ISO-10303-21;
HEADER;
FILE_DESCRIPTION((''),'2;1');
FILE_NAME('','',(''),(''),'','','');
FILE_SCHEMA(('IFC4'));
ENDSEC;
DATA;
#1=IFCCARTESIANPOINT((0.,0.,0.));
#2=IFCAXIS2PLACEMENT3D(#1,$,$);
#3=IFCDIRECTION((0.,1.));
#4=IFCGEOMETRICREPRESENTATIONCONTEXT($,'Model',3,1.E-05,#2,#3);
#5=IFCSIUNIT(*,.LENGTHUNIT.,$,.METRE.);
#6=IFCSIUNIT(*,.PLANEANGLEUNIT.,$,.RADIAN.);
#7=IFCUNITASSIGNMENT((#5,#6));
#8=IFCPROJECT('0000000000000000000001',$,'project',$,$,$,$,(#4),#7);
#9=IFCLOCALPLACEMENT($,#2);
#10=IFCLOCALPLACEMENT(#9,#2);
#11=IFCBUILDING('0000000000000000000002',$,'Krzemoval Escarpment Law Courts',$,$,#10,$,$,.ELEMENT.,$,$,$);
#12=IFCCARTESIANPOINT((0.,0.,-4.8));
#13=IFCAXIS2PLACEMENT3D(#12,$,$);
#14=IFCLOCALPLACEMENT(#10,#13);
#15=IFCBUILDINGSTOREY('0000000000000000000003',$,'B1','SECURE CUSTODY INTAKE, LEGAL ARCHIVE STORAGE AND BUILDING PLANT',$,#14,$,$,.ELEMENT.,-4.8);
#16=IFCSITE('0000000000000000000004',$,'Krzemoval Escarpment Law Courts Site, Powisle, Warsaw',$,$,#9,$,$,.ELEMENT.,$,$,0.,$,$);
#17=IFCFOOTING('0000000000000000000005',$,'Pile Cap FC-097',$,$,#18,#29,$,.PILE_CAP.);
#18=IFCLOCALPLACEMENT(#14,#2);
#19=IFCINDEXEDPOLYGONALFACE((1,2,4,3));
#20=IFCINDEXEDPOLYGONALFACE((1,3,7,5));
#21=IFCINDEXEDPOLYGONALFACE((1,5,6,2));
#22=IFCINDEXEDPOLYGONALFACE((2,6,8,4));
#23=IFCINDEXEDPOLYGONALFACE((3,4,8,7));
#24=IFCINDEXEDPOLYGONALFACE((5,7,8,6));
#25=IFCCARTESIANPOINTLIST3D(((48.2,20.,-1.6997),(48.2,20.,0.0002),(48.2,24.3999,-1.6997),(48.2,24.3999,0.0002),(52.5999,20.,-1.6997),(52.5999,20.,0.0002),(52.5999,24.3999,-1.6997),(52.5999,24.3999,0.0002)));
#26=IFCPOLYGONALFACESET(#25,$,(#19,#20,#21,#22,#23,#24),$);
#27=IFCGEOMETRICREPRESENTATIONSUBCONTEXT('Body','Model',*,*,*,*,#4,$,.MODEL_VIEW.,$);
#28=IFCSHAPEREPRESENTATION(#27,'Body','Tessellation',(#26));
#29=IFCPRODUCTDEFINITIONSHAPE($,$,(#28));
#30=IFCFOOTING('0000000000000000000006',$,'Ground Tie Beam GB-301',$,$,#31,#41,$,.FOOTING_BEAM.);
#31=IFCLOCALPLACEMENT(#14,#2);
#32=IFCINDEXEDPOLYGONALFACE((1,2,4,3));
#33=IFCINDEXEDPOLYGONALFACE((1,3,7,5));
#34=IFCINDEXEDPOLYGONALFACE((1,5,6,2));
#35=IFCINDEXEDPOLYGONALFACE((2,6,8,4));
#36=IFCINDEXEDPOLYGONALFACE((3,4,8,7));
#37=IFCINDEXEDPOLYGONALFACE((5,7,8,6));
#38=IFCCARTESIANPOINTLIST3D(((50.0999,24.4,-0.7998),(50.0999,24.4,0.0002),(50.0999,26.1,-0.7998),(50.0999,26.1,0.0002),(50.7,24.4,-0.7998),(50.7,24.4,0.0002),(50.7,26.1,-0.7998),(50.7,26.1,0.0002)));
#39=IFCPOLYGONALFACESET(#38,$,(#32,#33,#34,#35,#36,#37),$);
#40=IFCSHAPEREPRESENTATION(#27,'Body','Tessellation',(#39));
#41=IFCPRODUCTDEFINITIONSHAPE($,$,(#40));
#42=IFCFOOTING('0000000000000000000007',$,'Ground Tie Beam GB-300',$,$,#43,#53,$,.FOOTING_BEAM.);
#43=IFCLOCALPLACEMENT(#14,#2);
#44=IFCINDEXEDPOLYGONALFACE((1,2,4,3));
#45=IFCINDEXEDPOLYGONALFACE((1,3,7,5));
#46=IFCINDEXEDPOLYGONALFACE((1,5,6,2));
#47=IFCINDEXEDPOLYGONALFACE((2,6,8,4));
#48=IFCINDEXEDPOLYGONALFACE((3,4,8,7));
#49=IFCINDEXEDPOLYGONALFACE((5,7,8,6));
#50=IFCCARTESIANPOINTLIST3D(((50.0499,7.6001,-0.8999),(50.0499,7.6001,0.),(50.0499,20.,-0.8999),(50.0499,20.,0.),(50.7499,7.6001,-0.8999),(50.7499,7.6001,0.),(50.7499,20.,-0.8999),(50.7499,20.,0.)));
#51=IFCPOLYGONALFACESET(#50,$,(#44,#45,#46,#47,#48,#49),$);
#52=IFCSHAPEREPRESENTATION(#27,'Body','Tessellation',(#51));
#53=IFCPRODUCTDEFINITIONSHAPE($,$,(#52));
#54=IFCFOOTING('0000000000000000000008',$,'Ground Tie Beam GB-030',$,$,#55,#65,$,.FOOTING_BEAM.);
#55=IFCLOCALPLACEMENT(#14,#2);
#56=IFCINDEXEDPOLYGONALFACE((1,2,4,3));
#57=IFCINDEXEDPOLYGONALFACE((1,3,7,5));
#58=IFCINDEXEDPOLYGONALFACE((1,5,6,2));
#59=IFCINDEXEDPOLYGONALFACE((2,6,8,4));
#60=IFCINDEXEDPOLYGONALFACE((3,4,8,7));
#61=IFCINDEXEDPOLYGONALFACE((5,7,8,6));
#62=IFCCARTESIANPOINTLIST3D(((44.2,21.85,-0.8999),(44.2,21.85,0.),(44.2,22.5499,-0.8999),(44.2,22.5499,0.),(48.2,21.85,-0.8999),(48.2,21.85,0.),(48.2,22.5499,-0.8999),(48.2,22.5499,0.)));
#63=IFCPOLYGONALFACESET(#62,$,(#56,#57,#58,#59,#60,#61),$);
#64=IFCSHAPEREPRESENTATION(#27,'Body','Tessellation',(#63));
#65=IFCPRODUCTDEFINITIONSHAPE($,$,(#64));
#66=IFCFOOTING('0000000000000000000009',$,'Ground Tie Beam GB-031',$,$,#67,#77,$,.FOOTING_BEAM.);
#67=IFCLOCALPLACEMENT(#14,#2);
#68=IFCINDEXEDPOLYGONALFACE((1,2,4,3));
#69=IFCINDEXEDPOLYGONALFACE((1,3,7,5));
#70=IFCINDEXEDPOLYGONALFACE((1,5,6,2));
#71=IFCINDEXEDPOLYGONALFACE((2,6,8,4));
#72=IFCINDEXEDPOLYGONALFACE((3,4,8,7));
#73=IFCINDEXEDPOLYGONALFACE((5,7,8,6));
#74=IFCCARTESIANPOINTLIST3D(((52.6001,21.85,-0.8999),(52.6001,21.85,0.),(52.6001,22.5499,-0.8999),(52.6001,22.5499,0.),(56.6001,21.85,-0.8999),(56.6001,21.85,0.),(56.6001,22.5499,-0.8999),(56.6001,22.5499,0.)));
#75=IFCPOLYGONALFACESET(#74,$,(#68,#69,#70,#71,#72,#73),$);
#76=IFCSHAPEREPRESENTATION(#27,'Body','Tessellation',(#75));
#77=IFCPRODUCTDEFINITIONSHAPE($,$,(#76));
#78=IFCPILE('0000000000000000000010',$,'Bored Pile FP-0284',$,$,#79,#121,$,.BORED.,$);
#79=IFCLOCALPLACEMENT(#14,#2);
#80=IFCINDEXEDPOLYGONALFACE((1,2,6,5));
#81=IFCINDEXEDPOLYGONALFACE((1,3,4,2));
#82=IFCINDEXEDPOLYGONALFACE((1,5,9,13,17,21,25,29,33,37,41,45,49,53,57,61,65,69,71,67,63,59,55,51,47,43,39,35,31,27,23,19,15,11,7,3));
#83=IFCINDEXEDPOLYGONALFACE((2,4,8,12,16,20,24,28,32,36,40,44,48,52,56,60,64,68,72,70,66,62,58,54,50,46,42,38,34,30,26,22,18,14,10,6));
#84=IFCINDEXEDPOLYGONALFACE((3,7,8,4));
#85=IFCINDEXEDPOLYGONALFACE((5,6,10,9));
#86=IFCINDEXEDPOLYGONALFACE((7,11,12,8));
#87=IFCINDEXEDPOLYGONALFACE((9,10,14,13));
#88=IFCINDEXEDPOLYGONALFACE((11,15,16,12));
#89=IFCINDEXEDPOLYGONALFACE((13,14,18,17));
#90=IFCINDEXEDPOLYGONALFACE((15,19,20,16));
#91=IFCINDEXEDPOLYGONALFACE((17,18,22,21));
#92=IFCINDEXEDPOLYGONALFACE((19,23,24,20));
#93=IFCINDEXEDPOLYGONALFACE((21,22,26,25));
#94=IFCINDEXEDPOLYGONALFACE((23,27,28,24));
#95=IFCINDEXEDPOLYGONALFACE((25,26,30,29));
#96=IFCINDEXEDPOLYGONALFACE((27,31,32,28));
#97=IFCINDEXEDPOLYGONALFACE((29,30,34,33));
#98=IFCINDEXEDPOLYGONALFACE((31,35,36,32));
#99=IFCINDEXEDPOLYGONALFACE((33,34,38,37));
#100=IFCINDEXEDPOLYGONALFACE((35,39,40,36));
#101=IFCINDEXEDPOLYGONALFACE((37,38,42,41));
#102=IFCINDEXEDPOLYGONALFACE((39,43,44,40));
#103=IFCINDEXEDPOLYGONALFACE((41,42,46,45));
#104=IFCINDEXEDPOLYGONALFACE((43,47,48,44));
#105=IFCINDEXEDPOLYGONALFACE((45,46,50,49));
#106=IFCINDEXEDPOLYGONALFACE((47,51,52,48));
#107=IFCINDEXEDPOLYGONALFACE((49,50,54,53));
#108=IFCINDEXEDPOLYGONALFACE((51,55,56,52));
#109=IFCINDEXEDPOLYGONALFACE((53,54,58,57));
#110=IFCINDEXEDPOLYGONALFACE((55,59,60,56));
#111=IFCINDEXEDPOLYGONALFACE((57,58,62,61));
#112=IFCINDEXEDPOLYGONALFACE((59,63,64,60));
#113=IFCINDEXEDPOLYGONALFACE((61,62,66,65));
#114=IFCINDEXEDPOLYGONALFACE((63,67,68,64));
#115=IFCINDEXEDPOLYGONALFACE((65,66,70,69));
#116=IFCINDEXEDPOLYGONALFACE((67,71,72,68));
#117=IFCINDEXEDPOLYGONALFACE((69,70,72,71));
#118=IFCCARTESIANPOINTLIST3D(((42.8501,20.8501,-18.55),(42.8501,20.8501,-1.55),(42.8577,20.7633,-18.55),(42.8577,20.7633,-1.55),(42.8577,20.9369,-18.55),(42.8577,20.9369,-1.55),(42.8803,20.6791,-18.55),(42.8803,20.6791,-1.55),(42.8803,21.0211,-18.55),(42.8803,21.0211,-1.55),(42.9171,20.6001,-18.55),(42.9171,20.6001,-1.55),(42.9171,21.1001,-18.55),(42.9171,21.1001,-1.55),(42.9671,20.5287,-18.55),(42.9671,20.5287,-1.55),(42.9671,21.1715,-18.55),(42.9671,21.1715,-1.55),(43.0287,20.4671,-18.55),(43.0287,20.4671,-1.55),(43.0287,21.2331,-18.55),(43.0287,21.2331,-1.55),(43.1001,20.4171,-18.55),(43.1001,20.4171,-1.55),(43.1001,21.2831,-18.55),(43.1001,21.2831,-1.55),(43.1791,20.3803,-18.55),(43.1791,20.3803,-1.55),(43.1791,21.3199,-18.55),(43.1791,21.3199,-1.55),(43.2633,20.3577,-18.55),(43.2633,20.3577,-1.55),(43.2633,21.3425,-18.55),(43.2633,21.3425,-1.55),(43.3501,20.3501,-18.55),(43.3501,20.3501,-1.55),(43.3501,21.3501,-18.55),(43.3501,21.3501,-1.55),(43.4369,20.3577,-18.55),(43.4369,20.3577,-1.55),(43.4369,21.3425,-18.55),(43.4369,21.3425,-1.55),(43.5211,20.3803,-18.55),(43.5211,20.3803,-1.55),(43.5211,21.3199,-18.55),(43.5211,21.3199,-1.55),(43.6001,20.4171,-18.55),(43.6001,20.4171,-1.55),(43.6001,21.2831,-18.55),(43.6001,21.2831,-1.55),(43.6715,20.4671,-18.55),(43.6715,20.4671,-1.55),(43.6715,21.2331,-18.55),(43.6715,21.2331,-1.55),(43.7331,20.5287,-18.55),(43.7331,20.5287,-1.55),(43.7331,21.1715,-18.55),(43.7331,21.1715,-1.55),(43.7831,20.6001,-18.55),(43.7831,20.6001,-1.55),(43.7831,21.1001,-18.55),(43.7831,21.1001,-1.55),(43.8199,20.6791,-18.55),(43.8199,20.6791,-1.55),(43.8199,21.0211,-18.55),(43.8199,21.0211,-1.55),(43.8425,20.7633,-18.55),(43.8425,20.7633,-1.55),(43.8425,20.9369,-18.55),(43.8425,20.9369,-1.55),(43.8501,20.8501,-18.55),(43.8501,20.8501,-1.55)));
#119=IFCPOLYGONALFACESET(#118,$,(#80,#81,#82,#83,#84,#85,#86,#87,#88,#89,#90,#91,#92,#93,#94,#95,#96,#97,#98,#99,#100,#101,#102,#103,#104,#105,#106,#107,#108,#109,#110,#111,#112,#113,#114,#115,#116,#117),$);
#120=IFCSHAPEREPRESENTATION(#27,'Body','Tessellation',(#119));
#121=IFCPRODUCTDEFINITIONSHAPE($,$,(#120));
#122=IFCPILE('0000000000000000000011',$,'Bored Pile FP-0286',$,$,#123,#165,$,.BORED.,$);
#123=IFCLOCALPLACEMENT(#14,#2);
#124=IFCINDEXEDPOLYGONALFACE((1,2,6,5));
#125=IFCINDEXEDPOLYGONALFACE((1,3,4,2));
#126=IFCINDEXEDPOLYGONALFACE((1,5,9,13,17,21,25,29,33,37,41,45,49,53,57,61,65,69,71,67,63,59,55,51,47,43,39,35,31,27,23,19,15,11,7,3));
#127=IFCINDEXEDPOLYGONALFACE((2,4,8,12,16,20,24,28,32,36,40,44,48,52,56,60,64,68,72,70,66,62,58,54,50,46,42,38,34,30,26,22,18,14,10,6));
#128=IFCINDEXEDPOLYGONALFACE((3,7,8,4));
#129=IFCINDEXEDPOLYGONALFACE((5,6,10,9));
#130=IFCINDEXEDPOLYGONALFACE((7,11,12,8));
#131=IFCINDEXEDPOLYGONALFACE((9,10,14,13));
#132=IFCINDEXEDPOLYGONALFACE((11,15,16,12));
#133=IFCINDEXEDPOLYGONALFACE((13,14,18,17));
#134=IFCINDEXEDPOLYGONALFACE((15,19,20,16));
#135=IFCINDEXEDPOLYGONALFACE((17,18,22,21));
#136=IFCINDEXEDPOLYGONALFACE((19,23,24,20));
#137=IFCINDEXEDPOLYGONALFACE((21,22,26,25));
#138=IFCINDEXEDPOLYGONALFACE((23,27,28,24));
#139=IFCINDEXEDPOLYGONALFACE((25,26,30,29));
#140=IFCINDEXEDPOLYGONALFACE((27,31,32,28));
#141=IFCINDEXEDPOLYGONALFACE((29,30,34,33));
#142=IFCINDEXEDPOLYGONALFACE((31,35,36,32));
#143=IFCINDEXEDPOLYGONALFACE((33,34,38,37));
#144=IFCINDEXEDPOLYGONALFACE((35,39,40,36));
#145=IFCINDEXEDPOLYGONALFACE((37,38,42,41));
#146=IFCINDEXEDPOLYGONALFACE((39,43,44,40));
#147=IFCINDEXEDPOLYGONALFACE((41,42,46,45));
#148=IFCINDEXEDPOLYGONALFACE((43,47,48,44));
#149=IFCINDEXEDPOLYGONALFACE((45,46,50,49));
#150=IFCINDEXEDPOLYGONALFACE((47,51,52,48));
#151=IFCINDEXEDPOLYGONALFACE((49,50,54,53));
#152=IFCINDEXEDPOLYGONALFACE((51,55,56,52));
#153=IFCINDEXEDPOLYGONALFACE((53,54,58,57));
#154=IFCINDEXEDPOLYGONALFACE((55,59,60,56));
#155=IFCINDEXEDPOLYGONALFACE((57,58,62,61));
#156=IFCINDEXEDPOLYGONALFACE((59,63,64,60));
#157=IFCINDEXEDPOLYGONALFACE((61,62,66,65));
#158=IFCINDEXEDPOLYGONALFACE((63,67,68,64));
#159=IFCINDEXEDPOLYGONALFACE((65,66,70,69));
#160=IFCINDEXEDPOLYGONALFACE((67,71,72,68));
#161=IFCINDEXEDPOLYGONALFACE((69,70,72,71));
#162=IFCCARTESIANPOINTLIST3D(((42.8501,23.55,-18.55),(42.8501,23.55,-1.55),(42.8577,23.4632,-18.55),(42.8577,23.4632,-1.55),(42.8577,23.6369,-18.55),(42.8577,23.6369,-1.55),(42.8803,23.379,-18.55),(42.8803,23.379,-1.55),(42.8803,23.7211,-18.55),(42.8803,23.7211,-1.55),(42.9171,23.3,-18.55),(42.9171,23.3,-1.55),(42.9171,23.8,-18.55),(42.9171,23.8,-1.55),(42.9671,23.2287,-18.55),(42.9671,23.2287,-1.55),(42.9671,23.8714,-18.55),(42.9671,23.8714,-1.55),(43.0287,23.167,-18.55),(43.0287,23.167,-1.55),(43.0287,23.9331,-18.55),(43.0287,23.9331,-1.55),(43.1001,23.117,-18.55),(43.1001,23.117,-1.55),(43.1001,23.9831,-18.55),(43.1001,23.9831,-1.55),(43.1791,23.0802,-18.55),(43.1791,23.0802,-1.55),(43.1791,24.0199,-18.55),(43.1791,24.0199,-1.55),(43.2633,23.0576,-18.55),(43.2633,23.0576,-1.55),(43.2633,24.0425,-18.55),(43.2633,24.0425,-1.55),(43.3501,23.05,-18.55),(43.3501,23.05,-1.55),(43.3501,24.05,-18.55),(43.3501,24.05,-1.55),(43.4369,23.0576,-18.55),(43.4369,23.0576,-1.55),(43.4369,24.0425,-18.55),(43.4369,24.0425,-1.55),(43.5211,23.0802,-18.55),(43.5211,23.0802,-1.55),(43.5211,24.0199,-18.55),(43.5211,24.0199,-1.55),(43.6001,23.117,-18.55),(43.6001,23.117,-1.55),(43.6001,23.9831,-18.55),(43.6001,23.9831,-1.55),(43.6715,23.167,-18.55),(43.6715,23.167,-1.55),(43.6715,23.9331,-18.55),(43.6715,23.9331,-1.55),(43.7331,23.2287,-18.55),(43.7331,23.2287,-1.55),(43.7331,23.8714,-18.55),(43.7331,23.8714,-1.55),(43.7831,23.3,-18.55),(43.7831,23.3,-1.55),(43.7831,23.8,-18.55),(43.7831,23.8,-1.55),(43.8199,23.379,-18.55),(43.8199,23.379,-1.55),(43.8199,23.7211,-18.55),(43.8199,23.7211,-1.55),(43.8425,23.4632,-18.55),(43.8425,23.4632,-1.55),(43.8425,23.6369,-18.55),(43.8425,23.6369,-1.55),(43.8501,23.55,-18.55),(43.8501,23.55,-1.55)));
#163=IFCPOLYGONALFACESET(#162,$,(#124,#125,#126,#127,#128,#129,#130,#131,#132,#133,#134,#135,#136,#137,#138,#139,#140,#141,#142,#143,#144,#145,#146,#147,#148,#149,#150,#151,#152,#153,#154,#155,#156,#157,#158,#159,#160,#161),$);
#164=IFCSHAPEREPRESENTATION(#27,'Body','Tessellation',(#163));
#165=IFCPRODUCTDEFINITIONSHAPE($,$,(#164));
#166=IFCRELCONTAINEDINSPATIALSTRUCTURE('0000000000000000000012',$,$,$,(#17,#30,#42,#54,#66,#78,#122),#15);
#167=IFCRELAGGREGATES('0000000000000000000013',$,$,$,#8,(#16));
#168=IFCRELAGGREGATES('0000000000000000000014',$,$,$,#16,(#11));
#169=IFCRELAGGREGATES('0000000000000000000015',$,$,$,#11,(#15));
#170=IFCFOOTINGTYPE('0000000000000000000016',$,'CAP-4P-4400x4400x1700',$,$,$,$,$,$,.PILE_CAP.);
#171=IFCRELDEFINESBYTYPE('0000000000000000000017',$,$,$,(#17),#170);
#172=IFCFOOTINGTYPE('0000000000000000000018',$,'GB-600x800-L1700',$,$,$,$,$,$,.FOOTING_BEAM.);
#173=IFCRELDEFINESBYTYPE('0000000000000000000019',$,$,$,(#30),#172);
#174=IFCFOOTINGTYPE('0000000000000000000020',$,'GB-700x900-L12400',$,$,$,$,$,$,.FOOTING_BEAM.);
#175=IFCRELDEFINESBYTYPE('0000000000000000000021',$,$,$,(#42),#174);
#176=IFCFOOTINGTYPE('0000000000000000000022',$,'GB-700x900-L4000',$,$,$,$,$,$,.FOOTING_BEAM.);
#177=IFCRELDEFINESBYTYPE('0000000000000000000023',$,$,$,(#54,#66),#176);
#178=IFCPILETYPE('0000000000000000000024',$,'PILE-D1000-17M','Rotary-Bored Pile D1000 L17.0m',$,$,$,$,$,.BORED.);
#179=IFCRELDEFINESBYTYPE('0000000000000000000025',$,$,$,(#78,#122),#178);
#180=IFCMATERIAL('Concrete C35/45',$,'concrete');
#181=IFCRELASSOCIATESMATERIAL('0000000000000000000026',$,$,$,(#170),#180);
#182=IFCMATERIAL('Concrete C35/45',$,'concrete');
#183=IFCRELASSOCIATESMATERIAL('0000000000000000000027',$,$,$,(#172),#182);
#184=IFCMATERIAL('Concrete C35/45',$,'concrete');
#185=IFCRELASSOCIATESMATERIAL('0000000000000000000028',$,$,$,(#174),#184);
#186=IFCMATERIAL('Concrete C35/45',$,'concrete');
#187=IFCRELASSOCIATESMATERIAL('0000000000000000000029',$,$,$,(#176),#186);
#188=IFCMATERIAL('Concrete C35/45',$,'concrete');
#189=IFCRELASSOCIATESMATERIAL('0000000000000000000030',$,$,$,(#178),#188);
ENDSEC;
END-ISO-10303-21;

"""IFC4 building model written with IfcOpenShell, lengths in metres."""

from ifc_helpers import new_model, si_unit, direction, frame, origin, origin_2d, place, context, subcontext, project, spatial, rectangle, circle, extrude, material, material_profile, profile_set, type_object, element, save


model = new_model("IFC4")

# Units and contexts
model_context = context("Model", 3, precision=1e-05, world=origin(), true_north=direction((0.0, 1.0)))
body_context = subcontext(model_context, "Body", "Model", "MODEL_VIEW")
ifc_project = project(units=[si_unit("LENGTHUNIT", "METRE"), si_unit("PLANEANGLEUNIT", "RADIAN")], contexts=[model_context])

# Site, building, storey
site_placement = place(None, origin())
site = spatial("IfcSite", under=ifc_project, at=site_placement, Name="Krzemoval Escarpment Law Courts Site, Powisle, Warsaw", CompositionType="ELEMENT", RefElevation=0.0)
building_placement = place(site_placement, origin())
building = spatial("IfcBuilding", under=site, at=building_placement, Name="Krzemoval Escarpment Law Courts", CompositionType="ELEMENT")
storey_placement = place(building_placement, frame((0.0, 0.0, -4.8)))
storey = spatial("IfcBuildingStorey", under=building, at=storey_placement, Name="B1", Description="SECURE CUSTODY INTAKE, LEGAL ARCHIVE STORAGE AND BUILDING PLANT", CompositionType="ELEMENT", Elevation=-4.8)

# Footings
ifc_material_1 = material(Name="Concrete C35/45", Category="concrete")
footing_type_1 = type_object("IfcFootingType", Name="CAP-4P-4400x4400x1700", PredefinedType="PILE_CAP", material=ifc_material_1)
footing_1_placement = place(storey_placement, frame((50.3999, 22.2, -1.6997), z_axis=(0.0, 0.0, 1.0), x_axis=(1.0, 0.0, 0.0)))
element("IfcFooting", 1, at=footing_1_placement, inside=storey, type_object=footing_type_1, Name="Pile Cap FC-097", PredefinedType="PILE_CAP", context=body_context, shape_type="SweptSolid", body=[
    extrude(rectangle(XDim=4.3999, YDim=4.3999, at=origin_2d()), origin(), (0.0, 0.0, 1.0), 1.7),
])
ifc_material_2 = material(Name="Concrete C35/45", Category="concrete")
footing_type_2 = type_object("IfcFootingType", Name="GB-600x800-L1700", PredefinedType="FOOTING_BEAM", material=ifc_material_2)
footing_2_placement = place(storey_placement, frame((50.3999, 25.25, -0.7998), z_axis=(0.0, 0.0, 1.0), x_axis=(0.0, 1.0, 0.0)))
element("IfcFooting", 2, at=footing_2_placement, inside=storey, type_object=footing_type_2, Name="Ground Tie Beam GB-301", PredefinedType="FOOTING_BEAM", context=body_context, shape_type="SweptSolid", body=[
    extrude(rectangle(XDim=1.7, YDim=0.6001, at=origin_2d()), origin(), (0.0, 0.0, 1.0), 0.8),
])
ifc_material_3 = material(Name="Concrete C35/45", Category="concrete")
footing_type_3 = type_object("IfcFootingType", Name="GB-700x900-L12400", PredefinedType="FOOTING_BEAM", material=ifc_material_3)
footing_3_placement = place(storey_placement, frame((50.3999, 13.8, -0.8999), z_axis=(0.0, 0.0, 1.0), x_axis=(0.0, 1.0, 0.0)))
element("IfcFooting", 3, at=footing_3_placement, inside=storey, type_object=footing_type_3, Name="Ground Tie Beam GB-300", PredefinedType="FOOTING_BEAM", context=body_context, shape_type="SweptSolid", body=[
    extrude(rectangle(XDim=12.3999, YDim=0.7, at=origin_2d()), origin(), (0.0, 0.0, 1.0), 0.8999),
])
ifc_material_4 = material(Name="Concrete C35/45", Category="concrete")
footing_type_4 = type_object("IfcFootingType", Name="GB-700x900-L4000", PredefinedType="FOOTING_BEAM", material=ifc_material_4)
for number, where, z_axis, x_axis, name in (
    (4, (46.2, 22.2, -0.8999), (0.0, 0.0, 1.0), (1.0, 0.0, 0.0), "Ground Tie Beam GB-030"),
    (5, (54.6001, 22.2, -0.8999), (0.0, 0.0, 1.0), (1.0, 0.0, 0.0), "Ground Tie Beam GB-031"),
):
    element("IfcFooting", number, at=place(storey_placement, frame(where, z_axis=z_axis, x_axis=x_axis)), inside=storey, type_object=footing_type_4, Name=name, PredefinedType="FOOTING_BEAM", context=body_context, shape_type="SweptSolid", body=[
        extrude(rectangle(XDim=4.0, YDim=0.7, at=origin_2d()), origin(), (0.0, 0.0, 1.0), 0.8999),
    ])

# Piles
ifc_material_5 = material(Name="Concrete C35/45", Category="concrete")
ifc_material_profile_1 = material_profile(ifc_material_5, circle(Radius=0.5, at=origin_2d()), Name="PILE D1000")
ifc_profile_set_1 = profile_set([ifc_material_profile_1], Name="Concrete C35/45")
pile_type = type_object("IfcPileType", Name="PILE-D1000-17M", Description="Rotary-Bored Pile D1000 L17.0m", PredefinedType="BORED", material=ifc_profile_set_1)
for number, where, z_axis, x_axis, name in (
    (6, (43.3501, 20.8501, -1.55), (0.0, 0.0, -1.0), (1.0, 0.0, 0.0), "Bored Pile FP-0284"),
    (7, (43.3501, 23.55, -1.55), (0.0, 0.0, -1.0), (1.0, 0.0, 0.0), "Bored Pile FP-0286"),
):
    element("IfcPile", number, at=place(storey_placement, frame(where, z_axis=z_axis, x_axis=x_axis)), inside=storey, type_object=pile_type, Name=name, PredefinedType="BORED", context=body_context, shape_type="SweptSolid", body=[
        extrude(circle(Radius=0.5, at=origin_2d()), origin(), (0.0, 0.0, 1.0), 17.0),
    ])

save(model, "model.ifc")
